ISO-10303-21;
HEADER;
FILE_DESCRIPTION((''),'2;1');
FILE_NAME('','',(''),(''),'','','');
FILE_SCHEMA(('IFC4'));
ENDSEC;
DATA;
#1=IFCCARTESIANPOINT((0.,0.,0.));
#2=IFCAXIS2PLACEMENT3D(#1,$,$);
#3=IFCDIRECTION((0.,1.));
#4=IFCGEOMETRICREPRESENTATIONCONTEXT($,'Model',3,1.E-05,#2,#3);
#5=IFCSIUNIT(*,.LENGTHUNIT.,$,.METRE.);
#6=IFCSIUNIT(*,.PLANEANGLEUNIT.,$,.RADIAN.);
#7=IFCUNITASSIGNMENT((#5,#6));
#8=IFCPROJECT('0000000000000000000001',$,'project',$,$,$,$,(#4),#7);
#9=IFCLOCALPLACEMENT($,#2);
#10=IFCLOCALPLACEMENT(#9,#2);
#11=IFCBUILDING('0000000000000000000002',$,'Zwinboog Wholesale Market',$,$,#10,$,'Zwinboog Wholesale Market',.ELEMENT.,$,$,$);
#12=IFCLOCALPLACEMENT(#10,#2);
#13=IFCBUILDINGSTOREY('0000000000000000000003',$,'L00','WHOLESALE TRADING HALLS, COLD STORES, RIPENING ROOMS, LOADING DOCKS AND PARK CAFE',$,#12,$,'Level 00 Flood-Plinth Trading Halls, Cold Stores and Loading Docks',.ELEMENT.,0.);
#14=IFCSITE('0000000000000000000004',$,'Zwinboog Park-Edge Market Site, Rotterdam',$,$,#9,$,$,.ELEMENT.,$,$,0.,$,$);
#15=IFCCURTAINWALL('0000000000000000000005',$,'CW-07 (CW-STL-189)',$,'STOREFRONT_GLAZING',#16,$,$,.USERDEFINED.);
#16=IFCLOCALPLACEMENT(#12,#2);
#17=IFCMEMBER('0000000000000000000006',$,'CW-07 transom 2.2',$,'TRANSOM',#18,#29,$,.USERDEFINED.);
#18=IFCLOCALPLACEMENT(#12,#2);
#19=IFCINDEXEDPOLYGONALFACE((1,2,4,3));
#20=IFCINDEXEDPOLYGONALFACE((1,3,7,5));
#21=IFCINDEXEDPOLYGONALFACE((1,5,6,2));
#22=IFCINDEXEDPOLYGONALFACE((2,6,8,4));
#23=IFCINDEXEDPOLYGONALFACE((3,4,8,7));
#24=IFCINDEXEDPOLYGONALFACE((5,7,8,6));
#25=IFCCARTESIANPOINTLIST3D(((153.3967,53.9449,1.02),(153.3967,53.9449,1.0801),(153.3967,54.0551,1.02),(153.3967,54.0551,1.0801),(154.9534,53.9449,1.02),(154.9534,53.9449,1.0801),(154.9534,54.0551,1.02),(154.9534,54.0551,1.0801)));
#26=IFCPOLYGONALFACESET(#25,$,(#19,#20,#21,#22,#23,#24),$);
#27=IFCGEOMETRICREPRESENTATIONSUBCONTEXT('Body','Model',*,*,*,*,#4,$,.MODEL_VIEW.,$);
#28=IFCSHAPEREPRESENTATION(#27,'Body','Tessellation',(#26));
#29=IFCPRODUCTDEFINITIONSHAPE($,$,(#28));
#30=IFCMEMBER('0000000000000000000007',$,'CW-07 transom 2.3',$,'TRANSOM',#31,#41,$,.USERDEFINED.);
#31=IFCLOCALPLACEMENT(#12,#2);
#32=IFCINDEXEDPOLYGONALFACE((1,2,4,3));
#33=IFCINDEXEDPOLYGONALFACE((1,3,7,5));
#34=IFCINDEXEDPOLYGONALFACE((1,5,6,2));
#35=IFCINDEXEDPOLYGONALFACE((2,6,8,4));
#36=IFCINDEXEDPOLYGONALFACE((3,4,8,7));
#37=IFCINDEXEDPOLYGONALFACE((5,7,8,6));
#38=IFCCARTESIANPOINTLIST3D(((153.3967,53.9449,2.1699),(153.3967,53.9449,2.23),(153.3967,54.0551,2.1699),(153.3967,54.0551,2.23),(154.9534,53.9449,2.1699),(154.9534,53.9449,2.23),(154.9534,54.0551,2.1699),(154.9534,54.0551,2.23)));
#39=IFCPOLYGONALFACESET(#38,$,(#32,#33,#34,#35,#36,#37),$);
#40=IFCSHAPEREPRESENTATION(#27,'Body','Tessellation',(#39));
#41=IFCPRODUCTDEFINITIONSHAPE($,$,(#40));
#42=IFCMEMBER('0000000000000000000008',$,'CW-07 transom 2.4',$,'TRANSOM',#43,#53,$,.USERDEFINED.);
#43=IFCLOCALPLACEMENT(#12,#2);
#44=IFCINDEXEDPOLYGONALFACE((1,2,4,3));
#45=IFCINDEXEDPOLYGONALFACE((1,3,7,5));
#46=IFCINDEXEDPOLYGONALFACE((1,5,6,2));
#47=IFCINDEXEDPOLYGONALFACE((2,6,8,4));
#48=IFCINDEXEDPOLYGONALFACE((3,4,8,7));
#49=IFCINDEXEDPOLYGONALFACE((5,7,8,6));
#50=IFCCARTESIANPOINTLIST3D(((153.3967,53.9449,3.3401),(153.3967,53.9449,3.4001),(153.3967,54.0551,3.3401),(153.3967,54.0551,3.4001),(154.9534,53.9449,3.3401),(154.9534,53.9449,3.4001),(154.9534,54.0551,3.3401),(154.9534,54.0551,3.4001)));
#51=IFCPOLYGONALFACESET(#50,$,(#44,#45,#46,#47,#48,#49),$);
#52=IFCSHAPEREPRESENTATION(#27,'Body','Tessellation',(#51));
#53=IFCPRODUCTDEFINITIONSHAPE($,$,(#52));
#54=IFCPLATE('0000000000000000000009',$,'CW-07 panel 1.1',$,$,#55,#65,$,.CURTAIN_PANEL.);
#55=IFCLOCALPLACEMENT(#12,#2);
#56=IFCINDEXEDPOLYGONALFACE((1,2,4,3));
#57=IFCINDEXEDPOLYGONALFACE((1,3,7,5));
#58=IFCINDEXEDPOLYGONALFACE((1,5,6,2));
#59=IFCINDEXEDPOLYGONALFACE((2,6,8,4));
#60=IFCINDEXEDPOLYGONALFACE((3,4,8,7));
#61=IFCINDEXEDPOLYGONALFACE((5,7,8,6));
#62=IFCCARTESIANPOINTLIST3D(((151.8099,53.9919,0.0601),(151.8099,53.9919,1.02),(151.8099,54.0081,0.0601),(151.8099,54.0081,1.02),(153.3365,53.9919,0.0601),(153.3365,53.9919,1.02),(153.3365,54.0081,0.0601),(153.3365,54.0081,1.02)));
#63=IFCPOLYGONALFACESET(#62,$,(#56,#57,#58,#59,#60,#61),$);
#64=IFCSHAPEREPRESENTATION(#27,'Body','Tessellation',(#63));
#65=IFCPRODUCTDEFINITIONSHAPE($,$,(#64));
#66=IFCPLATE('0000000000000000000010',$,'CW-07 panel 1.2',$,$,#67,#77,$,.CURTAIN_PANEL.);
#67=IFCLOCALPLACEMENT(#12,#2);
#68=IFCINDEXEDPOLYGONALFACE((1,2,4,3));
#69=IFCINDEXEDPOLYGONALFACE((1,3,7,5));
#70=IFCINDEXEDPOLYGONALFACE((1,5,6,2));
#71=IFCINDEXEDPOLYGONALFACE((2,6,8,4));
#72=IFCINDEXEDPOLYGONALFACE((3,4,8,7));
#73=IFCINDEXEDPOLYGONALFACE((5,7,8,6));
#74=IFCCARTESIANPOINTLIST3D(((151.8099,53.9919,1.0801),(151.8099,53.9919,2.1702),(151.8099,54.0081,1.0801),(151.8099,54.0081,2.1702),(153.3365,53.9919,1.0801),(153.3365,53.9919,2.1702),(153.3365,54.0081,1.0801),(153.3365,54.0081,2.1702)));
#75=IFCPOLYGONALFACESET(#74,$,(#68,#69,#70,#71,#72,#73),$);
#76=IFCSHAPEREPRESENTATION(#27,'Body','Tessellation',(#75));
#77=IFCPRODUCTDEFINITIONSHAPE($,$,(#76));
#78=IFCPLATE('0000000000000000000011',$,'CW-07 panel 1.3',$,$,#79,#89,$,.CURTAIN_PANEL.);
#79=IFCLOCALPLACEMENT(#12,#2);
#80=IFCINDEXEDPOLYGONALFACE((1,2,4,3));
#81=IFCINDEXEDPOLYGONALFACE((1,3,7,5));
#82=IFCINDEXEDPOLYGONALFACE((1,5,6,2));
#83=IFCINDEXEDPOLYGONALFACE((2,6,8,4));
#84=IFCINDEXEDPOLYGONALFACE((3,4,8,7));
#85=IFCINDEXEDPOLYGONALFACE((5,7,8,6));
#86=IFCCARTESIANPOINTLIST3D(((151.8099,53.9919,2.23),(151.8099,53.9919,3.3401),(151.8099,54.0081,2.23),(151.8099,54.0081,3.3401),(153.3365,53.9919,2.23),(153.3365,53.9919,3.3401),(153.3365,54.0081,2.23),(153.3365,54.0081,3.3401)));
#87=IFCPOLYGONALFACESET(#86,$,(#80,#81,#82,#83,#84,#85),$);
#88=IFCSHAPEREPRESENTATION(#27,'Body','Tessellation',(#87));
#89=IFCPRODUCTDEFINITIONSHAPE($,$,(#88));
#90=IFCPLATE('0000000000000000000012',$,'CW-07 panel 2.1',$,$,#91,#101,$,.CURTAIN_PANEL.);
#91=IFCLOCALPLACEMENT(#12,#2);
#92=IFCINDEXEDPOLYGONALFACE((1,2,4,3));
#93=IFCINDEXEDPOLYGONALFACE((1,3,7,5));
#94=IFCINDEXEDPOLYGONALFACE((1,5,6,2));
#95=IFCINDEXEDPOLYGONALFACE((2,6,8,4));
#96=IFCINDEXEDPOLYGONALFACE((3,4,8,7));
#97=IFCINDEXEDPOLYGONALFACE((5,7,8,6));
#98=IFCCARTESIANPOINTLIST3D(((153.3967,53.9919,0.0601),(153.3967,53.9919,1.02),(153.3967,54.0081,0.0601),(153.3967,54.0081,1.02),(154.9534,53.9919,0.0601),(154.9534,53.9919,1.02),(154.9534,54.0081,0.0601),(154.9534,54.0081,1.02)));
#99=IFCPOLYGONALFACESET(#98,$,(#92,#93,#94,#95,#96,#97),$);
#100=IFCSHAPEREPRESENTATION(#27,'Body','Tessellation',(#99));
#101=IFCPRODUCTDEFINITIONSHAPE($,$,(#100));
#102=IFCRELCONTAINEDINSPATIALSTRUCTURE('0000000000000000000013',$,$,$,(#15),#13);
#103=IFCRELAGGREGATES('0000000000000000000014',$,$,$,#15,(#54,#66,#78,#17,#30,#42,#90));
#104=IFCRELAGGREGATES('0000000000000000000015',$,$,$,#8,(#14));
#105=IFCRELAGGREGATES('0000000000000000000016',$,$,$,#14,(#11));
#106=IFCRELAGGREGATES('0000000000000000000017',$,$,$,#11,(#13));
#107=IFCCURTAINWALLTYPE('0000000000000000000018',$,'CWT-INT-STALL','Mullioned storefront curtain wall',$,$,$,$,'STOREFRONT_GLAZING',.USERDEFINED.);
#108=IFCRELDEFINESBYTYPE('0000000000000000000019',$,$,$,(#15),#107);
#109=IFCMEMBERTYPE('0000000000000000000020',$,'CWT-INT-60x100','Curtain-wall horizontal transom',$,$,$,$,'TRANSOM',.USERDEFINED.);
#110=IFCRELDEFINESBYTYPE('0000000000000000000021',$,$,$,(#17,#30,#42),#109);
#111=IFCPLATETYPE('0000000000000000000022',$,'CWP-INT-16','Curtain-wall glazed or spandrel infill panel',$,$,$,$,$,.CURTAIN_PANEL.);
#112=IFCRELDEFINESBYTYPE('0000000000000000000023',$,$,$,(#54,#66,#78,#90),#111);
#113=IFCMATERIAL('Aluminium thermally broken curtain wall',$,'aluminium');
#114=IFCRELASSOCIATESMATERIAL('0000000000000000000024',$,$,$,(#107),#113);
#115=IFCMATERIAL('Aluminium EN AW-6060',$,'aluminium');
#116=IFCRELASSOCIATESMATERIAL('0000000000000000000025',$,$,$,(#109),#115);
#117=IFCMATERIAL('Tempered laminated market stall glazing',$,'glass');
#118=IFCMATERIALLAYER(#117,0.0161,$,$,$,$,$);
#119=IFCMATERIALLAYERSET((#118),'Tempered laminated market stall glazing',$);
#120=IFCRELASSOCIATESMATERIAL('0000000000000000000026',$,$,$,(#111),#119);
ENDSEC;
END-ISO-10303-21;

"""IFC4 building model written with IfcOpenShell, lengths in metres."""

from ifc_helpers import new_model, si_unit, direction, frame, origin, origin_2d, place, context, subcontext, project, spatial, rectangle, extrude, material, layer, layer_set, material_profile, profile_set, type_object, element, aggregate, save


model = new_model("IFC4")

# Units and contexts
model_context = context("Model", 3, precision=1e-05, world=origin(), true_north=direction((0.0, 1.0)))
body_context = subcontext(model_context, "Body", "Model", "MODEL_VIEW")
ifc_project = project(units=[si_unit("LENGTHUNIT", "METRE"), si_unit("PLANEANGLEUNIT", "RADIAN")], contexts=[model_context])

# Site, building, storey
site_placement = place(None, origin())
site = spatial("IfcSite", under=ifc_project, at=site_placement, Name="Zwinboog Park-Edge Market Site, Rotterdam", CompositionType="ELEMENT", RefElevation=0.0)
building_placement = place(site_placement, origin())
building = spatial("IfcBuilding", under=site, at=building_placement, Name="Zwinboog Wholesale Market", LongName="Zwinboog Wholesale Market", CompositionType="ELEMENT")
storey_placement = place(building_placement, origin())
storey = spatial("IfcBuildingStorey", under=building, at=storey_placement, Name="L00", Description="WHOLESALE TRADING HALLS, COLD STORES, RIPENING ROOMS, LOADING DOCKS AND PARK CAFE", LongName="Level 00 Flood-Plinth Trading Halls, Cold Stores and Loading Docks", CompositionType="ELEMENT", Elevation=0.0)

# Shared definitions
ifc_material_1 = material(Name="Aluminium thermally broken curtain wall", Category="aluminium")
curtain_wall_type = type_object("IfcCurtainWallType", Name="CWT-INT-STALL", Description="Mullioned storefront curtain wall", ElementType="STOREFRONT_GLAZING", PredefinedType="USERDEFINED", material=ifc_material_1)
ifc_material_2 = material(Name="Aluminium EN AW-6060", Category="aluminium")

# Curtain wall, members, plates
curtain_wall_1_placement = place(storey_placement, origin())
curtain_wall_1 = element("IfcCurtainWall", 1, at=curtain_wall_1_placement, inside=storey, type_object=curtain_wall_type, Name="CW-07 (CW-STL-189)", ObjectType="STOREFRONT_GLAZING", PredefinedType="USERDEFINED")
ifc_material_profile_1 = material_profile(ifc_material_2, rectangle(XDim=0.1101, YDim=0.0601, at=origin_2d()), Name="AL 60x110")
ifc_profile_set_1 = profile_set([ifc_material_profile_1], Name="Aluminium EN AW-6060")
member_type_1 = type_object("IfcMemberType", Name="CWT-INT-60x100", Description="Curtain-wall horizontal transom", ElementType="TRANSOM", PredefinedType="USERDEFINED", material=ifc_profile_set_1)
member_1_placement = place(storey_placement, frame((153.3967, 54.0, 1.05), z_axis=(1.0, 0.0, 0.0), x_axis=(0.0, 1.0, 0.0)))
member_1 = element("IfcMember", 2, at=member_1_placement, type_object=member_type_1, Name="CW-07 transom 2.2", ObjectType="TRANSOM", PredefinedType="USERDEFINED", context=body_context, shape_type="SweptSolid", body=[
    extrude(rectangle(XDim=0.1101, YDim=0.0601, at=origin_2d()), origin(), (0.0, 0.0, 1.0), 1.5566),
])
member_2_placement = place(storey_placement, frame((153.3967, 54.0, 2.2), z_axis=(1.0, 0.0, 0.0), x_axis=(0.0, 1.0, 0.0)))
member_2 = element("IfcMember", 3, at=member_2_placement, type_object=member_type_1, Name="CW-07 transom 2.3", ObjectType="TRANSOM", PredefinedType="USERDEFINED", context=body_context, shape_type="SweptSolid", body=[
    extrude(rectangle(XDim=0.1101, YDim=0.0601, at=origin_2d()), origin(), (0.0, 0.0, 1.0), 1.5566),
])
member_3_placement = place(storey_placement, frame((153.3967, 54.0, 3.3701), z_axis=(1.0, 0.0, 0.0), x_axis=(0.0, 1.0, 0.0)))
member_3 = element("IfcMember", 4, at=member_3_placement, type_object=member_type_1, Name="CW-07 transom 2.4", ObjectType="TRANSOM", PredefinedType="USERDEFINED", context=body_context, shape_type="SweptSolid", body=[
    extrude(rectangle(XDim=0.1101, YDim=0.0601, at=origin_2d()), origin(), (0.0, 0.0, 1.0), 1.5566),
])
ifc_material_3 = material(Name="Tempered laminated market stall glazing", Category="glass")
ifc_layer = layer(ifc_material_3, 0.0161)
ifc_layer_set = layer_set([ifc_layer], Name="Tempered laminated market stall glazing")
plate_type = type_object("IfcPlateType", Name="CWP-INT-16", Description="Curtain-wall glazed or spandrel infill panel", PredefinedType="CURTAIN_PANEL", material=ifc_layer_set)
plate_1_placement = place(storey_placement, frame((152.5732, 54.0, 0.0601), z_axis=(0.0, 0.0, 1.0), x_axis=(1.0, 0.0, 0.0)))
plate_1 = element("IfcPlate", 5, at=plate_1_placement, type_object=plate_type, Name="CW-07 panel 1.1", PredefinedType="CURTAIN_PANEL", context=body_context, shape_type="SweptSolid", body=[
    extrude(rectangle(XDim=1.5266, YDim=0.0161, at=origin_2d()), origin(), (0.0, 0.0, 1.0), 0.96),
])
plate_2_placement = place(storey_placement, frame((152.5732, 54.0, 1.0801), z_axis=(0.0, 0.0, 1.0), x_axis=(1.0, 0.0, 0.0)))
plate_2 = element("IfcPlate", 6, at=plate_2_placement, type_object=plate_type, Name="CW-07 panel 1.2", PredefinedType="CURTAIN_PANEL", context=body_context, shape_type="SweptSolid", body=[
    extrude(rectangle(XDim=1.5266, YDim=0.0161, at=origin_2d()), origin(), (0.0, 0.0, 1.0), 1.0901),
])
plate_3_placement = place(storey_placement, frame((152.5732, 54.0, 2.23), z_axis=(0.0, 0.0, 1.0), x_axis=(1.0, 0.0, 0.0)))
plate_3 = element("IfcPlate", 7, at=plate_3_placement, type_object=plate_type, Name="CW-07 panel 1.3", PredefinedType="CURTAIN_PANEL", context=body_context, shape_type="SweptSolid", body=[
    extrude(rectangle(XDim=1.5266, YDim=0.0161, at=origin_2d()), origin(), (0.0, 0.0, 1.0), 1.1101),
])
plate_4_placement = place(storey_placement, frame((154.175, 54.0, 0.0601), z_axis=(0.0, 0.0, 1.0), x_axis=(1.0, 0.0, 0.0)))
plate_4 = element("IfcPlate", 8, at=plate_4_placement, type_object=plate_type, Name="CW-07 panel 2.1", PredefinedType="CURTAIN_PANEL", context=body_context, shape_type="SweptSolid", body=[
    extrude(rectangle(XDim=1.5566, YDim=0.0161, at=origin_2d()), origin(), (0.0, 0.0, 1.0), 0.96),
])
aggregate(curtain_wall_1, [plate_1, plate_2, plate_3, member_1, member_2, member_3, plate_4])

save(model, "model.ifc")
